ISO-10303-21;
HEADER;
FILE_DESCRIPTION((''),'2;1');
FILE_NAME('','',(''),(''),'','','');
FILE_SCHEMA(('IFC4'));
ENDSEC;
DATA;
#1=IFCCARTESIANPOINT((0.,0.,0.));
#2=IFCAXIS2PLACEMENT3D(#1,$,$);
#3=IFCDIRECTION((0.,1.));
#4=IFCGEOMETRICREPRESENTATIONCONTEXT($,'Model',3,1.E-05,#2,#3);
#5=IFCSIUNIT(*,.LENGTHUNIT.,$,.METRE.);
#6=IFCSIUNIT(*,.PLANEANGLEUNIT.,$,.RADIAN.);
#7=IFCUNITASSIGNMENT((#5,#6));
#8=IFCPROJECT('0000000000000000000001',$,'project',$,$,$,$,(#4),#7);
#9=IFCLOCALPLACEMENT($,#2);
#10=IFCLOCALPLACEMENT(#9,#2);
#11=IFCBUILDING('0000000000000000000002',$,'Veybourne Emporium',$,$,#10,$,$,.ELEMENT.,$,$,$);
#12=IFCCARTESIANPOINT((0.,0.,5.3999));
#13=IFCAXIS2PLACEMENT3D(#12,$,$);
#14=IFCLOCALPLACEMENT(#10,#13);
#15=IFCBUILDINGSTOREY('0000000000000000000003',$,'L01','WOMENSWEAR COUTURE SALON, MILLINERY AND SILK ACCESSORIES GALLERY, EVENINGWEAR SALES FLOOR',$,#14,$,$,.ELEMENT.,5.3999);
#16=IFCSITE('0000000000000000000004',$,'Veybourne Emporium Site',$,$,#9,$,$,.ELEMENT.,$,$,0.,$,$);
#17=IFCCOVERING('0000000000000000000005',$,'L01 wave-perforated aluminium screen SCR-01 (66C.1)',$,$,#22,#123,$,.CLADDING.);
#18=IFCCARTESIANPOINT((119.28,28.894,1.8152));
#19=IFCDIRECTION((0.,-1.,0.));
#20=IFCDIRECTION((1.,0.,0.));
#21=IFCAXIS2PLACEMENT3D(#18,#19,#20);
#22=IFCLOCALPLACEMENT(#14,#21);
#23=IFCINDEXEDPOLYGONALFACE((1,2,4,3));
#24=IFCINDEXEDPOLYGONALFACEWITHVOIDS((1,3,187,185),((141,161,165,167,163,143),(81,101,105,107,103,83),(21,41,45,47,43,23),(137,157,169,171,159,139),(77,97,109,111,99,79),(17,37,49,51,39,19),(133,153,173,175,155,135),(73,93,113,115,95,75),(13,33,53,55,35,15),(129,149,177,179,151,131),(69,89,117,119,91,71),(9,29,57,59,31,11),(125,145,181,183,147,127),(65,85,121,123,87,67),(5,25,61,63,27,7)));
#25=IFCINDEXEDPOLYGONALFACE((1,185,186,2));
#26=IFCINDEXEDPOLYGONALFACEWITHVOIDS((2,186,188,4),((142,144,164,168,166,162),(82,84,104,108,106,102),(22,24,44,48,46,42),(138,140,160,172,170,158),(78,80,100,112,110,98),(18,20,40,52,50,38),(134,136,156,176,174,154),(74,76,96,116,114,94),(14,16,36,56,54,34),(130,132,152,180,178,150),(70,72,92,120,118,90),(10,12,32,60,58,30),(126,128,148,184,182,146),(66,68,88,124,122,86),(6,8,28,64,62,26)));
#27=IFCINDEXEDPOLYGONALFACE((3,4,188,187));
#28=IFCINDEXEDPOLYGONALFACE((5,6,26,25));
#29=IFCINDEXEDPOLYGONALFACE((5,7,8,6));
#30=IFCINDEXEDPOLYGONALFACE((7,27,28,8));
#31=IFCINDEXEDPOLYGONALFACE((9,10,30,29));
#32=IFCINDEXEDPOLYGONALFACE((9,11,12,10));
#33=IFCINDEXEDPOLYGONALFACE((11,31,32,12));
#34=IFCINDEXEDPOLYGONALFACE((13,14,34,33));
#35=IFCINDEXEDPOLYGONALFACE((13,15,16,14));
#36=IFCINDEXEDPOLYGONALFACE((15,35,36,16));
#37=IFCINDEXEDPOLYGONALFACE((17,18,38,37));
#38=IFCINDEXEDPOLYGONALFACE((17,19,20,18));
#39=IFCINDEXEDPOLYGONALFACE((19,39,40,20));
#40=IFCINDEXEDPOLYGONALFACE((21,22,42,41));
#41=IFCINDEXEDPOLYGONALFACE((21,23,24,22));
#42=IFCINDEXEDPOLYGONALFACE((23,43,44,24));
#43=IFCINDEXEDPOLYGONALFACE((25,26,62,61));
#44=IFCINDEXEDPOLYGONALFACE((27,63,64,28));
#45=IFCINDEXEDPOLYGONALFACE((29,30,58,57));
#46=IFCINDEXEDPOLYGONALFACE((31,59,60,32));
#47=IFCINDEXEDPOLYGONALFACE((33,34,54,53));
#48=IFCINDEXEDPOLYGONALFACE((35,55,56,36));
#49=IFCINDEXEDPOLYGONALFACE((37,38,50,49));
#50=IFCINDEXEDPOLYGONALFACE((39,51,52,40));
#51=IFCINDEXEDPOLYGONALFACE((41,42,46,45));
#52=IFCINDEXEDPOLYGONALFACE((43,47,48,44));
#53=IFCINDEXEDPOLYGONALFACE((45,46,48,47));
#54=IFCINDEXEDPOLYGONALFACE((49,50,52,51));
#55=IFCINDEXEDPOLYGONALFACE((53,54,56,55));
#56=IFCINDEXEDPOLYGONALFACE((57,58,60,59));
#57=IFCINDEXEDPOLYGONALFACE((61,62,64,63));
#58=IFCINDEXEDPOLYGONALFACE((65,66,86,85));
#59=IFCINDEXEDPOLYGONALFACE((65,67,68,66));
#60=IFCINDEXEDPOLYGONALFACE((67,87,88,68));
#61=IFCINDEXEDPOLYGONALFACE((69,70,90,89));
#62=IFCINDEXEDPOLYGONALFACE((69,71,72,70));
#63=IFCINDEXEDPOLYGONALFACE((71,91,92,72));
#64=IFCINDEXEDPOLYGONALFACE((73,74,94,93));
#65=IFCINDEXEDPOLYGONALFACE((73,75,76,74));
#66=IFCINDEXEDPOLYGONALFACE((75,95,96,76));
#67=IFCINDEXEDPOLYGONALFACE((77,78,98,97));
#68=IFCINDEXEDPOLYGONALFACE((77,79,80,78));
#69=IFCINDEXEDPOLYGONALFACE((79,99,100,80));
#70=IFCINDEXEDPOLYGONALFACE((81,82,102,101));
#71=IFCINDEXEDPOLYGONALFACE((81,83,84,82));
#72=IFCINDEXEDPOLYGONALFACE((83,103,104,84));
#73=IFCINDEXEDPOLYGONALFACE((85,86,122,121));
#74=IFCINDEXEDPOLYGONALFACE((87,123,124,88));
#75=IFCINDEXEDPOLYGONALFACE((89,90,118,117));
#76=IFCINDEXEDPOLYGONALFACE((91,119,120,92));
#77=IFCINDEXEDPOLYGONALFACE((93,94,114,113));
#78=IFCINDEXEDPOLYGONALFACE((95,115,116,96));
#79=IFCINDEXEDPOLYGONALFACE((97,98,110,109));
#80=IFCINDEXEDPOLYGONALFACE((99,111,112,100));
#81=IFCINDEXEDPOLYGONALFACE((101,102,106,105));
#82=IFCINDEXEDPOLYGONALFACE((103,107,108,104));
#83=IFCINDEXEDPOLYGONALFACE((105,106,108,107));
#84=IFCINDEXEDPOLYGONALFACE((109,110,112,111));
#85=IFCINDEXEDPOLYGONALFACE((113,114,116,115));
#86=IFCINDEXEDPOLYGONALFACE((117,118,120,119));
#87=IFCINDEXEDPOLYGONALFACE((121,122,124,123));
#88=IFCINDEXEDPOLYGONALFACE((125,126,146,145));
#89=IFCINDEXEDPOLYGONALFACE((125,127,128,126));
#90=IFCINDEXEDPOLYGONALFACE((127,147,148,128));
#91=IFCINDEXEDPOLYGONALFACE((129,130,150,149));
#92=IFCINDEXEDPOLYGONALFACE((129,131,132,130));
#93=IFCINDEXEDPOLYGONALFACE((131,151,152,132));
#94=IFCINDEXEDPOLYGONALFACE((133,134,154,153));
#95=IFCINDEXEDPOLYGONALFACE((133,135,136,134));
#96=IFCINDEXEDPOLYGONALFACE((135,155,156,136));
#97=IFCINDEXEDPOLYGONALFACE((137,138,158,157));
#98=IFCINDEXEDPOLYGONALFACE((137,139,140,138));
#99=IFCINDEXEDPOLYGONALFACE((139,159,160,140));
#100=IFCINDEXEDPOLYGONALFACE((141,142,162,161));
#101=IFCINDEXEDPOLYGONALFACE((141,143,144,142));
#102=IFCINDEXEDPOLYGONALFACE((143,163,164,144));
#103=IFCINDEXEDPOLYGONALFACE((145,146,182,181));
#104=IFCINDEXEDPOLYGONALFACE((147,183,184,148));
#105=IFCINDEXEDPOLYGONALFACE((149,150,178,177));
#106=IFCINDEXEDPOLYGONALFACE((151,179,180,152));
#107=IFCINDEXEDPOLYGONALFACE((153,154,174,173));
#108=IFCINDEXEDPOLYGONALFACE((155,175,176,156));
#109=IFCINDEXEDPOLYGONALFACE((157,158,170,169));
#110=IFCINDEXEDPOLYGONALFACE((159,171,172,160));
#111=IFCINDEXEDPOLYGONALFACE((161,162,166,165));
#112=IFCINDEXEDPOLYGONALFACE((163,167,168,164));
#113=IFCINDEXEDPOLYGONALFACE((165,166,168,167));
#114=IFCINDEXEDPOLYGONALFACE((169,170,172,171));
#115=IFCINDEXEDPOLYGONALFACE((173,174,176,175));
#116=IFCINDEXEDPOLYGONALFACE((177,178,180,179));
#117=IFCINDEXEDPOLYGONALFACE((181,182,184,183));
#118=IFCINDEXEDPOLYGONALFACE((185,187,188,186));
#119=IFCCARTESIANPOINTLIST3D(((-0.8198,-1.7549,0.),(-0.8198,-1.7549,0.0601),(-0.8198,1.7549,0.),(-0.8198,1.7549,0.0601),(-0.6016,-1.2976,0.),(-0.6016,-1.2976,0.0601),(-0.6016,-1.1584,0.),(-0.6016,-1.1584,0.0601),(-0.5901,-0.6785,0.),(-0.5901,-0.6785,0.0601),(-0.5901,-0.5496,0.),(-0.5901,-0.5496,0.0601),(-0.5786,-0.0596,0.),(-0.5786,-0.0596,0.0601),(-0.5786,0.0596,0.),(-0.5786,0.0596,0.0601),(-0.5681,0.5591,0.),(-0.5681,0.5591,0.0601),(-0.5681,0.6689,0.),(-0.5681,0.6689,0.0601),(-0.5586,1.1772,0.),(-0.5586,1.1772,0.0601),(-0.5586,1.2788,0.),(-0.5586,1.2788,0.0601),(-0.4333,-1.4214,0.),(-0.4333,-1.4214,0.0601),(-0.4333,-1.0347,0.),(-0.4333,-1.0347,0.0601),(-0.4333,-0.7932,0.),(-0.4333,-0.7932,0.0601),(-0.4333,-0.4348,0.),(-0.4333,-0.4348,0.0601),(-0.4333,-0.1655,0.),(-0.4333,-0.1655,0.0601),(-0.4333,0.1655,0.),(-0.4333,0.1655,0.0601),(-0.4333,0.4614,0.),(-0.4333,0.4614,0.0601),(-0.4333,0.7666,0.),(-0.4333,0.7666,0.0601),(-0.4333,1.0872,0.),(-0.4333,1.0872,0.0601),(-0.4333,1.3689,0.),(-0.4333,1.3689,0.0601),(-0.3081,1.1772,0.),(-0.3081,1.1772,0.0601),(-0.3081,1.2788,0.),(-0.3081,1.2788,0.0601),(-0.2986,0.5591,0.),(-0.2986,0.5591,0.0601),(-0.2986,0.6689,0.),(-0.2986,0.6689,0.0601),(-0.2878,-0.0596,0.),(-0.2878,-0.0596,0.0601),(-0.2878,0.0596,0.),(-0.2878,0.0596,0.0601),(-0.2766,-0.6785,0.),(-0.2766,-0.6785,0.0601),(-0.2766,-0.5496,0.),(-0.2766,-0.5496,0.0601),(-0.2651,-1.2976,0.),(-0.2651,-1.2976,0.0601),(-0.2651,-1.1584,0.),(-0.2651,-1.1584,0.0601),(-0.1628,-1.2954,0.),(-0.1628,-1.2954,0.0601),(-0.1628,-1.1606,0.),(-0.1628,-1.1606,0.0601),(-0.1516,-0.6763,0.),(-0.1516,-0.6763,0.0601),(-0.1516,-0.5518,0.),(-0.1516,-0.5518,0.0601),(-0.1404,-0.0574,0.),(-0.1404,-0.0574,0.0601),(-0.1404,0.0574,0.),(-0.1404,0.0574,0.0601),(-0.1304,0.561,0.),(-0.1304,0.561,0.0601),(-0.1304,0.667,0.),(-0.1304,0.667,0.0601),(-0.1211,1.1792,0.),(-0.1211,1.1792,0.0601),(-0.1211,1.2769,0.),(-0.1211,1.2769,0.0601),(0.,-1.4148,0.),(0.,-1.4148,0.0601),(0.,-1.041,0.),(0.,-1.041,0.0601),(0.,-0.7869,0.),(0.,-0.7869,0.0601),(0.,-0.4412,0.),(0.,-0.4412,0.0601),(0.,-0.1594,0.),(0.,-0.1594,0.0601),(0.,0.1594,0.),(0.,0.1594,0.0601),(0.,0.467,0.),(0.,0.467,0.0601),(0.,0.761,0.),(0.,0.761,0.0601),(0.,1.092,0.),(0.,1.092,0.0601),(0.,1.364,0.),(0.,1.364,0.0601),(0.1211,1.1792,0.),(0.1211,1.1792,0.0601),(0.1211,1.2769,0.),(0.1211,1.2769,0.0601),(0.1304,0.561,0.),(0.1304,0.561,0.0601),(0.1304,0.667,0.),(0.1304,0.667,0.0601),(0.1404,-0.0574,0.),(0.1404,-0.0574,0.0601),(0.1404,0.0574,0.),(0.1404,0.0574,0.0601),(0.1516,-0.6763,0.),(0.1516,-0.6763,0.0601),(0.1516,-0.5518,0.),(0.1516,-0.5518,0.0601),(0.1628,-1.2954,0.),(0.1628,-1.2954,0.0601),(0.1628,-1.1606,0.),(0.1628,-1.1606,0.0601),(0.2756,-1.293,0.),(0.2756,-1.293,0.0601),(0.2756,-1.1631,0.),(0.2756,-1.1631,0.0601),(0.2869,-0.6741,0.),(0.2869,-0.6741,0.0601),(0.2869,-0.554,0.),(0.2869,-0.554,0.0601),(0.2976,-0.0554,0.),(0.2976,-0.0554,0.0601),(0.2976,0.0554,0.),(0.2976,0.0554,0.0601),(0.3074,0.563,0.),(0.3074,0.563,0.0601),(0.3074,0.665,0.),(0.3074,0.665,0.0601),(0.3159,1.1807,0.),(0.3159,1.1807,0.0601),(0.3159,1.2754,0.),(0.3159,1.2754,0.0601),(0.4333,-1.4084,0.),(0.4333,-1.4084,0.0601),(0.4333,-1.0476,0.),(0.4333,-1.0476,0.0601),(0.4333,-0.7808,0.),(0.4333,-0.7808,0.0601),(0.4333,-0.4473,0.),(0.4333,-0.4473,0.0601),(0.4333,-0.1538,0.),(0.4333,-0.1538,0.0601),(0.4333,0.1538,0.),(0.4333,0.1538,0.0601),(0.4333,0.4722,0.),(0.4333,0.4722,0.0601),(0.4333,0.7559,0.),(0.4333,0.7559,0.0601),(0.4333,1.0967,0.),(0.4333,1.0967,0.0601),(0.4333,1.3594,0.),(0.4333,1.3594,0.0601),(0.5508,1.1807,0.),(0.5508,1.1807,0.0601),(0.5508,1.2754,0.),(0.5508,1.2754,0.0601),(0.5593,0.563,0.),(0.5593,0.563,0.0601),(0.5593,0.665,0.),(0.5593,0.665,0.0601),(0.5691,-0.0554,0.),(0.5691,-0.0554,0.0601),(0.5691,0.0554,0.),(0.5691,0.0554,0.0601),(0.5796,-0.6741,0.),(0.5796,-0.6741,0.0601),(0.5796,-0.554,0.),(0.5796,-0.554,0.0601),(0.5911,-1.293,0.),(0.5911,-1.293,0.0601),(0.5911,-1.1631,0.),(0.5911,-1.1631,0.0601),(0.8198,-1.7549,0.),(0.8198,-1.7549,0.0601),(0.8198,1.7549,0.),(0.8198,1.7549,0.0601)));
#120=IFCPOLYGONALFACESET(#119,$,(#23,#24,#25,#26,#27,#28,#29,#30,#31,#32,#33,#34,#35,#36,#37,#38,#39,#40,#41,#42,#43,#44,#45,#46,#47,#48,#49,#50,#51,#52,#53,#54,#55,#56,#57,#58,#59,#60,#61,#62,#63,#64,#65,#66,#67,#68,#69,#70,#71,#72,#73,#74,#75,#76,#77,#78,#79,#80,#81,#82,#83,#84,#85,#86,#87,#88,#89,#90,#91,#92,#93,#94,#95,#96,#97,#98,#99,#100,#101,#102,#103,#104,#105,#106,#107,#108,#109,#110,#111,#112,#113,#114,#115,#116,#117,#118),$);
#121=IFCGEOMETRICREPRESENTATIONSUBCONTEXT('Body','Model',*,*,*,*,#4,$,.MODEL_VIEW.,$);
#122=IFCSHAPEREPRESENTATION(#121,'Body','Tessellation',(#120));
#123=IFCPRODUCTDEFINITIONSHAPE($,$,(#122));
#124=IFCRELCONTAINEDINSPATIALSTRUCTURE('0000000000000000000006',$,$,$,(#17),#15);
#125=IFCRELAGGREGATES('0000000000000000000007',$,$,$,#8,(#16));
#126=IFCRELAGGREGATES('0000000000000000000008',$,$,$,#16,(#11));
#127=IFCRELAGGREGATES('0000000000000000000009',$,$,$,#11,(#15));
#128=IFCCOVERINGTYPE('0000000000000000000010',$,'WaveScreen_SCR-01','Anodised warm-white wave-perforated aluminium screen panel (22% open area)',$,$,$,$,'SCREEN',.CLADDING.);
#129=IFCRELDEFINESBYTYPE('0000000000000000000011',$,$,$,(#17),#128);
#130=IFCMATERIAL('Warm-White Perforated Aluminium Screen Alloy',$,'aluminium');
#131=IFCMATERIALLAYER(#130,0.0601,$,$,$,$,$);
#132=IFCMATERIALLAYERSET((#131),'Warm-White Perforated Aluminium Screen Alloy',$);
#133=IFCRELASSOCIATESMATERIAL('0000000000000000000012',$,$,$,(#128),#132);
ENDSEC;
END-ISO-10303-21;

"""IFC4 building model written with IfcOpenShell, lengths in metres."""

from ifc_helpers import new_model, si_unit, direction, frame, origin, place, context, subcontext, project, spatial, polyline, outline, extrude, material, layer, layer_set, type_object, element, save


model = new_model("IFC4")

# Units and contexts
model_context = context("Model", 3, precision=1e-05, world=origin(), true_north=direction((0.0, 1.0)))
body_context = subcontext(model_context, "Body", "Model", "MODEL_VIEW")
ifc_project = project(units=[si_unit("LENGTHUNIT", "METRE"), si_unit("PLANEANGLEUNIT", "RADIAN")], contexts=[model_context])

# Site, building, storey
site_placement = place(None, origin())
site = spatial("IfcSite", under=ifc_project, at=site_placement, Name="Veybourne Emporium Site", CompositionType="ELEMENT", RefElevation=0.0)
building_placement = place(site_placement, origin())
building = spatial("IfcBuilding", under=site, at=building_placement, Name="Veybourne Emporium", CompositionType="ELEMENT")
storey_placement = place(building_placement, frame((0.0, 0.0, 5.3999)))
storey = spatial("IfcBuildingStorey", under=building, at=storey_placement, Name="L01", Description="WOMENSWEAR COUTURE SALON, MILLINERY AND SILK ACCESSORIES GALLERY, EVENINGWEAR SALES FLOOR", CompositionType="ELEMENT", Elevation=5.3999)

# Covering
ifc_material_1 = material(Name="Warm-White Perforated Aluminium Screen Alloy", Category="aluminium")
ifc_layer_1 = layer(ifc_material_1, 0.0601)
ifc_layer_set_1 = layer_set([ifc_layer_1], Name="Warm-White Perforated Aluminium Screen Alloy")
covering_type_1 = type_object("IfcCoveringType", Name="WaveScreen_SCR-01", Description="Anodised warm-white wave-perforated aluminium screen panel (22% open area)", ElementType="SCREEN", PredefinedType="CLADDING", material=ifc_layer_set_1)
covering_1_placement = place(storey_placement, frame((119.28, 28.894, 1.8152), z_axis=(0.0, -1.0, 0.0), x_axis=(1.0, 0.0, 0.0)))
element("IfcCovering", 1, at=covering_1_placement, inside=storey, type_object=covering_type_1, Name="L01 wave-perforated aluminium screen SCR-01 (66C.1)", PredefinedType="CLADDING", context=body_context, shape_type="SweptSolid", body=[
    extrude(outline(polyline([(-0.8198, -1.7549), (0.8198, -1.7549), (0.8198, 1.7549), (-0.8198, 1.7549), (-0.8198, -1.7549)]), holes=[polyline([(-0.4333, -1.0347), (-0.2651, -1.1584), (-0.2651, -1.2976), (-0.4333, -1.4214), (-0.6016, -1.2976), (-0.6016, -1.1584), (-0.4333, -1.0347)]), polyline([(-0.4333, -0.4348), (-0.2766, -0.5496), (-0.2766, -0.6785), (-0.4333, -0.7932), (-0.5901, -0.6785), (-0.5901, -0.5496), (-0.4333, -0.4348)]), polyline([(-0.4333, 0.1655), (-0.2878, 0.0596), (-0.2878, -0.0596), (-0.4333, -0.1655), (-0.5786, -0.0596), (-0.5786, 0.0596), (-0.4333, 0.1655)]), polyline([(-0.4333, 0.7666), (-0.2986, 0.6689), (-0.2986, 0.5591), (-0.4333, 0.4614), (-0.5681, 0.5591), (-0.5681, 0.6689), (-0.4333, 0.7666)]), polyline([(-0.4333, 1.3689), (-0.3081, 1.2788), (-0.3081, 1.1772), (-0.4333, 1.0872), (-0.5586, 1.1772), (-0.5586, 1.2788), (-0.4333, 1.3689)]), polyline([(0.0, -1.041), (0.1628, -1.1606), (0.1628, -1.2954), (0.0, -1.4148), (-0.1628, -1.2954), (-0.1628, -1.1606), (0.0, -1.041)]), polyline([(0.0, -0.4412), (0.1516, -0.5518), (0.1516, -0.6763), (0.0, -0.7869), (-0.1516, -0.6763), (-0.1516, -0.5518), (0.0, -0.4412)]), polyline([(0.0, 0.1594), (0.1404, 0.0574), (0.1404, -0.0574), (0.0, -0.1594), (-0.1404, -0.0574), (-0.1404, 0.0574), (0.0, 0.1594)]), polyline([(0.0, 0.761), (0.1304, 0.667), (0.1304, 0.561), (0.0, 0.467), (-0.1304, 0.561), (-0.1304, 0.667), (0.0, 0.761)]), polyline([(0.0, 1.364), (0.1211, 1.2769), (0.1211, 1.1792), (0.0, 1.092), (-0.1211, 1.1792), (-0.1211, 1.2769), (0.0, 1.364)]), polyline([(0.4333, -1.0476), (0.5911, -1.1631), (0.5911, -1.293), (0.4333, -1.4084), (0.2756, -1.293), (0.2756, -1.1631), (0.4333, -1.0476)]), polyline([(0.4333, -0.4473), (0.5796, -0.554), (0.5796, -0.6741), (0.4333, -0.7808), (0.2869, -0.6741), (0.2869, -0.554), (0.4333, -0.4473)]), polyline([(0.4333, 0.1538), (0.5691, 0.0554), (0.5691, -0.0554), (0.4333, -0.1538), (0.2976, -0.0554), (0.2976, 0.0554), (0.4333, 0.1538)]), polyline([(0.4333, 0.7559), (0.5593, 0.665), (0.5593, 0.563), (0.4333, 0.4722), (0.3074, 0.563), (0.3074, 0.665), (0.4333, 0.7559)]), polyline([(0.4333, 1.3594), (0.5508, 1.2754), (0.5508, 1.1807), (0.4333, 1.0967), (0.3159, 1.1807), (0.3159, 1.2754), (0.4333, 1.3594)])]), origin(), (0.0, 0.0, 1.0), 0.0601),
])

save(model, "model.ifc")
